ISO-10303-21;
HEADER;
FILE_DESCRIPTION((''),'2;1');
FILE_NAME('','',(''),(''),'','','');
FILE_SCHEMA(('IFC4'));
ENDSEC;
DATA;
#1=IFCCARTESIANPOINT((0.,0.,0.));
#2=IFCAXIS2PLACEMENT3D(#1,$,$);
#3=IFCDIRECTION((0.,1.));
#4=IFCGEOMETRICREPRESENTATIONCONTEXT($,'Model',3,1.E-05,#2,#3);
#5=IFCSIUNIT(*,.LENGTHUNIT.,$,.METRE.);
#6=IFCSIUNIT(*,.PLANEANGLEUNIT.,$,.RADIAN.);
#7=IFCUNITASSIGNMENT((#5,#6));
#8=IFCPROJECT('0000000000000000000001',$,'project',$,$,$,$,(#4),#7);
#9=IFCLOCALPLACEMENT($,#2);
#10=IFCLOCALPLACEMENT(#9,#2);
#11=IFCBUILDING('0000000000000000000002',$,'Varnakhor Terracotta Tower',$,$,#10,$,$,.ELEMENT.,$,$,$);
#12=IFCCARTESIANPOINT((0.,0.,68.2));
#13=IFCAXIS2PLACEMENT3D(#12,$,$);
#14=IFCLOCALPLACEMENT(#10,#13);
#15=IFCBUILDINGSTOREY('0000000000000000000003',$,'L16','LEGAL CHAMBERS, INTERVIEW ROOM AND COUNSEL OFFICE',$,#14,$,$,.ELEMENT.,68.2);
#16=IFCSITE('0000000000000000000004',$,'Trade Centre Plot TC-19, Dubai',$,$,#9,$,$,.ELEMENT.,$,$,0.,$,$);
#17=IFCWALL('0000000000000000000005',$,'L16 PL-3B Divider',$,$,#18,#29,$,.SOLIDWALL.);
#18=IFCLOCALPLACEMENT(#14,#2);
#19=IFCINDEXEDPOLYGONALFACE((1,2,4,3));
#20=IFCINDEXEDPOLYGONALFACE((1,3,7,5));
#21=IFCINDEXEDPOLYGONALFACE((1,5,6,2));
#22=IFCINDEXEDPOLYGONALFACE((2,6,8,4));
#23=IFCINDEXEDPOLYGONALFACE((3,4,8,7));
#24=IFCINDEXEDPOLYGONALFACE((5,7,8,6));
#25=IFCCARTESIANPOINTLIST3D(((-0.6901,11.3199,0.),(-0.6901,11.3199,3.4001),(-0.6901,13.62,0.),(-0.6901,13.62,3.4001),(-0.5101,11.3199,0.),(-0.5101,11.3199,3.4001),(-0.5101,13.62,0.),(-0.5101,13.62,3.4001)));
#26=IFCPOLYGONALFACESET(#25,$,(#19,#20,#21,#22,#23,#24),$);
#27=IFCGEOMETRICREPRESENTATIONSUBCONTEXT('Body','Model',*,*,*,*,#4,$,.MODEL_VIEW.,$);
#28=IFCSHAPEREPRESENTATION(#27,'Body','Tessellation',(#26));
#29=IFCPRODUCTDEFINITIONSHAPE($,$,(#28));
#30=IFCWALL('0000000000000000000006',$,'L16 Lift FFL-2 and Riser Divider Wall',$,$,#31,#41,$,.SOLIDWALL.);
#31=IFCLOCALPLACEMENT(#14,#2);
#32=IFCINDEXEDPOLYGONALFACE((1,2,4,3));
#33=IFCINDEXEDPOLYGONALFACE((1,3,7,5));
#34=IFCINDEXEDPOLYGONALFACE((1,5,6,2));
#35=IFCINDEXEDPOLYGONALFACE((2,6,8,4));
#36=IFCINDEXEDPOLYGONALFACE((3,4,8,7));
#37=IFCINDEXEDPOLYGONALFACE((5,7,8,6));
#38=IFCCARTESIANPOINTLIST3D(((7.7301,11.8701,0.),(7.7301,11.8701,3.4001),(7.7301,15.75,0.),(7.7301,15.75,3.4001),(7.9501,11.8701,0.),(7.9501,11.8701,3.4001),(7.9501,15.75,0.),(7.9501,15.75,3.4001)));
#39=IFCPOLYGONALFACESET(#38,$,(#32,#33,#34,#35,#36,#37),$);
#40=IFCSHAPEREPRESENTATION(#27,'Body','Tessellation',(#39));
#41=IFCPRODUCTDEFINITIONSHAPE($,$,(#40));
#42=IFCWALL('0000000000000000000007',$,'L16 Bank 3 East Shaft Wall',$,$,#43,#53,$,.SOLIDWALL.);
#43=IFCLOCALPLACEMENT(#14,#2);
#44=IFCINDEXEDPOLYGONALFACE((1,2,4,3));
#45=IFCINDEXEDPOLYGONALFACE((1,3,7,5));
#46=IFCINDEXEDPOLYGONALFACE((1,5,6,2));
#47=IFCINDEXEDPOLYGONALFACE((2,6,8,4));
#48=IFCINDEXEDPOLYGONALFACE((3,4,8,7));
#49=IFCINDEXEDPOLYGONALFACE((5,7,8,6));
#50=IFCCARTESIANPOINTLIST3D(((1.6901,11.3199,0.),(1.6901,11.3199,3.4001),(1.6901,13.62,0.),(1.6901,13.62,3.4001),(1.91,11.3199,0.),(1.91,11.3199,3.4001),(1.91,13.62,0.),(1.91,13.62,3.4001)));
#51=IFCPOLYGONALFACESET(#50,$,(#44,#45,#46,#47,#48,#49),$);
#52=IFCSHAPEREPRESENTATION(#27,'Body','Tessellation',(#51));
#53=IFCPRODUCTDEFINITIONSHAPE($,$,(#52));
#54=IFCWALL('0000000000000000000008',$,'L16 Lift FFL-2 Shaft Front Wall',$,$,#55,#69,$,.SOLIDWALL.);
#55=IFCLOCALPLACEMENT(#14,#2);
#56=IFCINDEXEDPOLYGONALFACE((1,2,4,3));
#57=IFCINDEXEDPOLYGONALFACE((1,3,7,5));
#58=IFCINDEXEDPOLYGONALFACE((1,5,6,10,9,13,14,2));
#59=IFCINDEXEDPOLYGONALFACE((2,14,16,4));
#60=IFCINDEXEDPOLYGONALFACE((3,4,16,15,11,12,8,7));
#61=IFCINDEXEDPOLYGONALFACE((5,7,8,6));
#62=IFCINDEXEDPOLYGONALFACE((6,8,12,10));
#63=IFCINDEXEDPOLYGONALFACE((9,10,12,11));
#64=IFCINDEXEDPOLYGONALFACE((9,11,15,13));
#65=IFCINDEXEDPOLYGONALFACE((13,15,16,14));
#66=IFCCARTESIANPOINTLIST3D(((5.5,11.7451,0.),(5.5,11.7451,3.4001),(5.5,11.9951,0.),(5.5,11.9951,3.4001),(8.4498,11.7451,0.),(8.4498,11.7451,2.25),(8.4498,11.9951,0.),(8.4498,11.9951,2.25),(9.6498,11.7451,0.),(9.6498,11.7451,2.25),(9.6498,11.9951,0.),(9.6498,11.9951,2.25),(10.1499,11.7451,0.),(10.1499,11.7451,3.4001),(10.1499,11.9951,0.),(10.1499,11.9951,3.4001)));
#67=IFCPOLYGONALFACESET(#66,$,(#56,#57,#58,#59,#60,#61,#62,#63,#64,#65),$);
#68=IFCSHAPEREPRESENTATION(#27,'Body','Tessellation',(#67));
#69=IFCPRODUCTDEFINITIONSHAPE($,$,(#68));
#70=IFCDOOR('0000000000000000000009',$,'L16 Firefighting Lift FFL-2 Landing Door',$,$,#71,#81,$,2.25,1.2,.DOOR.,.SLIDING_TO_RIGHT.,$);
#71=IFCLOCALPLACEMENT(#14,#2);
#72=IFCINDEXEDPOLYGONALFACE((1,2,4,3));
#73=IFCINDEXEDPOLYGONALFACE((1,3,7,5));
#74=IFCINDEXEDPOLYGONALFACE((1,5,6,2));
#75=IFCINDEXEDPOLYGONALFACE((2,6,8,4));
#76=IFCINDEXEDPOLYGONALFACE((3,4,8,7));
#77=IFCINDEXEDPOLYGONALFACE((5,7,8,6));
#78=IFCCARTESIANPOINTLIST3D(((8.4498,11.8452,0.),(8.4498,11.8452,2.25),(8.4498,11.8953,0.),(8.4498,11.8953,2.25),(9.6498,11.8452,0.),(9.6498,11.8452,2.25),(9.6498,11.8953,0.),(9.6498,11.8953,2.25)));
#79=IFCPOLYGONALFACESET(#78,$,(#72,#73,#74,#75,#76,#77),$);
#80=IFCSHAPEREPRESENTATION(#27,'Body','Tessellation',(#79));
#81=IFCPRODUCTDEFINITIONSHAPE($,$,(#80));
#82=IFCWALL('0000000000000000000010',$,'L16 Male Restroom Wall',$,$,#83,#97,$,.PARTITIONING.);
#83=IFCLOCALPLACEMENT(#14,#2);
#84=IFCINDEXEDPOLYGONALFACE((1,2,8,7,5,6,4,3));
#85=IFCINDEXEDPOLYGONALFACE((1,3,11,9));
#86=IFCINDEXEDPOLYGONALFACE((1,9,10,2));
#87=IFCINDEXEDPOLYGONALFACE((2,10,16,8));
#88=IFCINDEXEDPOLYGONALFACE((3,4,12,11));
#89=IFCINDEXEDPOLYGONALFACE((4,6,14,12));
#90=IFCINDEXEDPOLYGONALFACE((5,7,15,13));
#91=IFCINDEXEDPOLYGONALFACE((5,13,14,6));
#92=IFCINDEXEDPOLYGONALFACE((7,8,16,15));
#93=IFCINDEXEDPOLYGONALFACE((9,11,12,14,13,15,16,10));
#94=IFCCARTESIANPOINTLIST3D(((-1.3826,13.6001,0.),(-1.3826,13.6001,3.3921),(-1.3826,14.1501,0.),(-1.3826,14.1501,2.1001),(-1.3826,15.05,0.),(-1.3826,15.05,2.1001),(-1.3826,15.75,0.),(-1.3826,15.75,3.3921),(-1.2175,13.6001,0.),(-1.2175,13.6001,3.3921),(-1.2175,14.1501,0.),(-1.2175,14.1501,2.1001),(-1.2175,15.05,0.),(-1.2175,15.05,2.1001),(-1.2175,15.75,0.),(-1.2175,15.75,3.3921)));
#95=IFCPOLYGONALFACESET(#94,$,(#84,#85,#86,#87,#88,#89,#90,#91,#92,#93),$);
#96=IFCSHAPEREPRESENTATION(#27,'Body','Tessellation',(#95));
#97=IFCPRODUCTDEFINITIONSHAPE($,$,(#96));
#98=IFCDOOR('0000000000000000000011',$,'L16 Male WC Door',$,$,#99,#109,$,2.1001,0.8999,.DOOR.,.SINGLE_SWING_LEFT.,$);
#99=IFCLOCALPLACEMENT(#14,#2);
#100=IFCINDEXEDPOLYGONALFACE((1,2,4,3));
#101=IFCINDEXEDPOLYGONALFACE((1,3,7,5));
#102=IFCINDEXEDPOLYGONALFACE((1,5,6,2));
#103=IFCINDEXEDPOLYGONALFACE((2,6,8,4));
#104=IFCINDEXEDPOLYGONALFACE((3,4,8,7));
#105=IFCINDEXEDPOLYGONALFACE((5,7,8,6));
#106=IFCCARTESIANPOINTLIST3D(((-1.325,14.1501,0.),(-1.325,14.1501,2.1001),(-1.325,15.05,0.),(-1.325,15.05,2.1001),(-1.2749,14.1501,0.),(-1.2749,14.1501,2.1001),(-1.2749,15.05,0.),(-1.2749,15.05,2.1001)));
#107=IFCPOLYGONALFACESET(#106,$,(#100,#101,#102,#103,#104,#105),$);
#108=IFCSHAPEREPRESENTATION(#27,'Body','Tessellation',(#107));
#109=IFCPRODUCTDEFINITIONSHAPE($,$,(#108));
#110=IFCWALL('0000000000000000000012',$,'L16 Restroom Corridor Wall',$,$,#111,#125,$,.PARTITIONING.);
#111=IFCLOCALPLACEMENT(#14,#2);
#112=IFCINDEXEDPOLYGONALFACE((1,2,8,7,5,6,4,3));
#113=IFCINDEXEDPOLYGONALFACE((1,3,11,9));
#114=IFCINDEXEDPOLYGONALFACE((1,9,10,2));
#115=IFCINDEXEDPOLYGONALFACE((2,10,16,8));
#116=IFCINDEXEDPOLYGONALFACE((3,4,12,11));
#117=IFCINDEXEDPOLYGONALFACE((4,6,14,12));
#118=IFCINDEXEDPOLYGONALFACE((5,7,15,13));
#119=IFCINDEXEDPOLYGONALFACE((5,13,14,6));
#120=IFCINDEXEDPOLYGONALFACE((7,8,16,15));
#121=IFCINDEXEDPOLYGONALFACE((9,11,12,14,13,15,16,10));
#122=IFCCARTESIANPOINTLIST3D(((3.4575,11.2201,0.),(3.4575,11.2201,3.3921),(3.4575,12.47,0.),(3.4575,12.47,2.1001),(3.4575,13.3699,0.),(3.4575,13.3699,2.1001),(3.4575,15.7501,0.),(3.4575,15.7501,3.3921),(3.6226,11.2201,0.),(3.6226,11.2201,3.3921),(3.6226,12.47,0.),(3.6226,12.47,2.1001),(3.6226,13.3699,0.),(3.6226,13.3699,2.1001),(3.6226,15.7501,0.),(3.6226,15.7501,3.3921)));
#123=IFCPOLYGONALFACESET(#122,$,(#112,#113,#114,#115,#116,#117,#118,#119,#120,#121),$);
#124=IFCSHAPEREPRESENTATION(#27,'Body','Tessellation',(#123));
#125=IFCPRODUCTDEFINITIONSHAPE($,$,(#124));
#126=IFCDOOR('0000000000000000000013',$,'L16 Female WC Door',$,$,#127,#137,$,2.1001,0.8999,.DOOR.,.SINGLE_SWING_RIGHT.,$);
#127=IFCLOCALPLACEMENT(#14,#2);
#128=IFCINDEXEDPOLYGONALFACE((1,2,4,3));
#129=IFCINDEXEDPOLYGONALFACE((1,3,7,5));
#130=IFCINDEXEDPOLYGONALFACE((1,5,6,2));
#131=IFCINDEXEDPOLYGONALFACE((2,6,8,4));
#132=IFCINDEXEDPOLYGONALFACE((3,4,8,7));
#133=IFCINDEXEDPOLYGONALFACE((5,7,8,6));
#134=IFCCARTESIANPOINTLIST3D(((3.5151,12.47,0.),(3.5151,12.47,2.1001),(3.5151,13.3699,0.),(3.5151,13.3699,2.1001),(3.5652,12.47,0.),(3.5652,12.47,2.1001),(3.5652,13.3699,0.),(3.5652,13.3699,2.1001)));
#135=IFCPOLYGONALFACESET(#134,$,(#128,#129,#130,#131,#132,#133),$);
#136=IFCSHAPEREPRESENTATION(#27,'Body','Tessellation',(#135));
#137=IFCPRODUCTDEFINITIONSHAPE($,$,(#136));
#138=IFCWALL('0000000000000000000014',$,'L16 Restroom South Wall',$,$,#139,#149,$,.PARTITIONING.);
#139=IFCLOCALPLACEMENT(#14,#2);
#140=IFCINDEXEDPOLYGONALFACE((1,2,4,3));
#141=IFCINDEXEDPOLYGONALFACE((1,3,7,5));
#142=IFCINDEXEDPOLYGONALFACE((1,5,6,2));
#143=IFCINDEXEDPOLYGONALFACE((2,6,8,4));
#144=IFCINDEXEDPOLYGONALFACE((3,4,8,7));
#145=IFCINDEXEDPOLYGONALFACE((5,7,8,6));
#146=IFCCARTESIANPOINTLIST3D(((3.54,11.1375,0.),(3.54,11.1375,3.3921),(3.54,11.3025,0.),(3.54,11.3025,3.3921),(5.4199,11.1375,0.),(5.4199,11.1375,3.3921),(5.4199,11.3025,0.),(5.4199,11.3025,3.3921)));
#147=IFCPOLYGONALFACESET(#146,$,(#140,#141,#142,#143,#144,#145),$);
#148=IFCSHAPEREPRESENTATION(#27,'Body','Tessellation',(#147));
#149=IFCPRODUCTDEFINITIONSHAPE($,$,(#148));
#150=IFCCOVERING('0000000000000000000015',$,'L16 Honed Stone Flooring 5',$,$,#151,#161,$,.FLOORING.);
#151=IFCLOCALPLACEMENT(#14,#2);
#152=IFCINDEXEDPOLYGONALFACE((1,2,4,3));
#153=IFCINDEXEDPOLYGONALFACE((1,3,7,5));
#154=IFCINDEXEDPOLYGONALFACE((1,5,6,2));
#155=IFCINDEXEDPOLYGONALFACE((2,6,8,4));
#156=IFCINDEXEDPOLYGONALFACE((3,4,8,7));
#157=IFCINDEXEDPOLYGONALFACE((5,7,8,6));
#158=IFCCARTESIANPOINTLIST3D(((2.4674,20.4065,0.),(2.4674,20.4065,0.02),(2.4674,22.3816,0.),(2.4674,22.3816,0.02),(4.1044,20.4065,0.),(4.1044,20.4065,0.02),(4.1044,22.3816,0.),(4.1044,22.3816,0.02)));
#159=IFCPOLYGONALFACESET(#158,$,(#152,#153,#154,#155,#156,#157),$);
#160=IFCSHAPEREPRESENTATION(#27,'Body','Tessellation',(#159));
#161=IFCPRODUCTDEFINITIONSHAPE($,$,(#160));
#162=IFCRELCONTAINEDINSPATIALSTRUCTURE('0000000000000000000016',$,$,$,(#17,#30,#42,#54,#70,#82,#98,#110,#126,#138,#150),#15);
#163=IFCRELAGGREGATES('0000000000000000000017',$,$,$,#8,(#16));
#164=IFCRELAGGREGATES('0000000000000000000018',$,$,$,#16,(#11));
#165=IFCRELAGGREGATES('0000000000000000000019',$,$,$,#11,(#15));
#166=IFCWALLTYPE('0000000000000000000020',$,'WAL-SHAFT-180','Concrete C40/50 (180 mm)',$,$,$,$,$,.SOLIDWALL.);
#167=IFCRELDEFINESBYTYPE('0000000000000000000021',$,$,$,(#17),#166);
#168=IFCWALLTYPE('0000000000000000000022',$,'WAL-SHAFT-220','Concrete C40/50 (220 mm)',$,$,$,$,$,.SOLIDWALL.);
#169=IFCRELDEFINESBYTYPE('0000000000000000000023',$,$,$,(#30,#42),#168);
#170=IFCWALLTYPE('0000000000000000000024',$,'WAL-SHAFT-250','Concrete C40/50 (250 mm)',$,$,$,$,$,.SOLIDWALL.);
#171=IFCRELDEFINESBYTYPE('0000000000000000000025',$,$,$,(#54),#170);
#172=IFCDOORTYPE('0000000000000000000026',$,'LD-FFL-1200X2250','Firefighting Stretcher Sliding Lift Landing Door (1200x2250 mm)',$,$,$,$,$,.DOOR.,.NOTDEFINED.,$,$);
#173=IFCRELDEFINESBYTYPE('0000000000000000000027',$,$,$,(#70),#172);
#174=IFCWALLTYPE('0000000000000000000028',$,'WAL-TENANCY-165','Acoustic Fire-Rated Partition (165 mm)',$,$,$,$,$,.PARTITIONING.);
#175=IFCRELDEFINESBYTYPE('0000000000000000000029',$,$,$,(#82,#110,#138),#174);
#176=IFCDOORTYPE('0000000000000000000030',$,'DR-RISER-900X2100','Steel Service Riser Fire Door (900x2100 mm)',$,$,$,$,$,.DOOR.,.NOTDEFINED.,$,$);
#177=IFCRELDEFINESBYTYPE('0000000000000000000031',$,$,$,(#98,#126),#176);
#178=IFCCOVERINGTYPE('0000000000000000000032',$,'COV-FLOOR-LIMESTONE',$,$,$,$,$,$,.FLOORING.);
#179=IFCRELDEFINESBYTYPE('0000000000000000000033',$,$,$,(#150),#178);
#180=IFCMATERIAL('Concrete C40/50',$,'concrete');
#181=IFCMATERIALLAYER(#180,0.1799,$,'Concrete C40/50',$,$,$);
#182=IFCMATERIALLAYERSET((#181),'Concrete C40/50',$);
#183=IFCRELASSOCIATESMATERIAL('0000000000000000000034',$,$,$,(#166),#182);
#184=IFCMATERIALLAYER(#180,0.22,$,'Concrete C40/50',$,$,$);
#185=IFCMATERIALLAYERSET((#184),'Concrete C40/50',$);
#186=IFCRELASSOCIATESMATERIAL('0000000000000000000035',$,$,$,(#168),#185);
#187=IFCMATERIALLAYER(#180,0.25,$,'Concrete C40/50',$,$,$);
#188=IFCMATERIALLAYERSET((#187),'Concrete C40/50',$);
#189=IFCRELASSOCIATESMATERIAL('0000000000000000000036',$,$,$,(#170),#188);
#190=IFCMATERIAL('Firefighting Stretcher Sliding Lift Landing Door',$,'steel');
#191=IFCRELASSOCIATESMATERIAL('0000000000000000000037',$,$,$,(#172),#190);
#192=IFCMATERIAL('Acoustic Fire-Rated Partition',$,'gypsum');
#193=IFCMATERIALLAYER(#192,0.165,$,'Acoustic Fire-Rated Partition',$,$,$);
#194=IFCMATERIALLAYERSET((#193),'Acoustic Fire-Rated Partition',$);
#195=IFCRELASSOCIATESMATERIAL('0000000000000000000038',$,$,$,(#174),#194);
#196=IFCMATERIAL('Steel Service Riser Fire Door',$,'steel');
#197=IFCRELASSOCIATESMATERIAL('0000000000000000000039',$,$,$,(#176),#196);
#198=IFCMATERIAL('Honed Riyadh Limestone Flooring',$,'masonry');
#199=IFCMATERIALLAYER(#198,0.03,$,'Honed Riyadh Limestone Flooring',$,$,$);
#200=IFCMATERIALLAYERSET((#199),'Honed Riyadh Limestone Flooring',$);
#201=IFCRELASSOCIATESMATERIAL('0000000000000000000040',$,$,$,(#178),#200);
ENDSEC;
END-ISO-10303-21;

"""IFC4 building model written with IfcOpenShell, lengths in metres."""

from ifc_helpers import new_model, si_unit, direction, frame, frame_2d, origin, origin_2d, place, context, subcontext, project, spatial, rectangle, extrude, source, transform, mapped, material, layer, layer_set, type_object, type_shapes, element, fill, save


model = new_model("IFC4")

# Units and contexts
model_context = context("Model", 3, precision=1e-05, world=origin(), true_north=direction((0.0, 1.0)))
body_context = subcontext(model_context, "Body", "Model", "MODEL_VIEW")
ifc_project = project(units=[si_unit("LENGTHUNIT", "METRE"), si_unit("PLANEANGLEUNIT", "RADIAN")], contexts=[model_context])

# Site, building, storey
site_placement = place(None, origin())
site = spatial("IfcSite", under=ifc_project, at=site_placement, Name="Trade Centre Plot TC-19, Dubai", CompositionType="ELEMENT", RefElevation=0.0)
building_placement = place(site_placement, origin())
building = spatial("IfcBuilding", under=site, at=building_placement, Name="Varnakhor Terracotta Tower", CompositionType="ELEMENT")
storey_placement = place(building_placement, frame((0.0, 0.0, 68.2)))
storey = spatial("IfcBuildingStorey", under=building, at=storey_placement, Name="L16", Description="LEGAL CHAMBERS, INTERVIEW ROOM AND COUNSEL OFFICE", CompositionType="ELEMENT", Elevation=68.2)

# Walls
ifc_material_1 = material(Name="Concrete C40/50", Category="concrete")
ifc_layer_1 = layer(ifc_material_1, 0.1799, Name="Concrete C40/50")
ifc_layer_set_1 = layer_set([ifc_layer_1], Name="Concrete C40/50")
wall_type_1 = type_object("IfcWallType", Name="WAL-SHAFT-180", Description="Concrete C40/50 (180 mm)", PredefinedType="SOLIDWALL", material=ifc_layer_set_1)
wall_1_placement = place(storey_placement, frame((-0.6001, 11.3201, 0.0), z_axis=(0.0, 0.0, 1.0), x_axis=(0.0, 1.0, 0.0)))
element("IfcWall", 1, at=wall_1_placement, inside=storey, type_object=wall_type_1, Name="L16 PL-3B Divider", PredefinedType="SOLIDWALL", context=body_context, shape_type="SweptSolid", body=[
    extrude(rectangle(XDim=2.3, YDim=0.1799, at=frame_2d((1.1499, 0.0))), origin(), (0.0, 0.0, 1.0), 3.4001),
])
ifc_layer_2 = layer(ifc_material_1, 0.22, Name="Concrete C40/50")
ifc_layer_set_2 = layer_set([ifc_layer_2], Name="Concrete C40/50")
wall_type_2 = type_object("IfcWallType", Name="WAL-SHAFT-220", Description="Concrete C40/50 (220 mm)", PredefinedType="SOLIDWALL", material=ifc_layer_set_2)
wall_2_placement = place(storey_placement, frame((7.8401, 11.8701, 0.0), z_axis=(0.0, 0.0, 1.0), x_axis=(0.0, 1.0, 0.0)))
element("IfcWall", 2, at=wall_2_placement, inside=storey, type_object=wall_type_2, Name="L16 Lift FFL-2 and Riser Divider Wall", PredefinedType="SOLIDWALL", context=body_context, shape_type="SweptSolid", body=[
    extrude(rectangle(XDim=3.8799, YDim=0.22, at=frame_2d((1.9399, 0.0))), origin(), (0.0, 0.0, 1.0), 3.4001),
])
wall_3_placement = place(storey_placement, frame((1.8, 11.3201, 0.0), z_axis=(0.0, 0.0, 1.0), x_axis=(0.0, 1.0, 0.0)))
element("IfcWall", 3, at=wall_3_placement, inside=storey, type_object=wall_type_2, Name="L16 Bank 3 East Shaft Wall", PredefinedType="SOLIDWALL", context=body_context, shape_type="SweptSolid", body=[
    extrude(rectangle(XDim=2.3, YDim=0.22, at=frame_2d((1.1499, 0.0))), origin(), (0.0, 0.0, 1.0), 3.4001),
])

# Walls, openings, doors
ifc_layer_3 = layer(ifc_material_1, 0.25, Name="Concrete C40/50")
ifc_layer_set_3 = layer_set([ifc_layer_3], Name="Concrete C40/50")
wall_type_3 = type_object("IfcWallType", Name="WAL-SHAFT-250", Description="Concrete C40/50 (250 mm)", PredefinedType="SOLIDWALL", material=ifc_layer_set_3)
wall_4_placement = place(storey_placement, frame((10.1499, 11.8701, 0.0), z_axis=(0.0, 0.0, 1.0), x_axis=(-1.0, 0.0, 0.0)))
wall_4 = element("IfcWall", 4, at=wall_4_placement, inside=storey, type_object=wall_type_3, Name="L16 Lift FFL-2 Shaft Front Wall", PredefinedType="SOLIDWALL", context=body_context, shape_type="SweptSolid", body=[
    extrude(rectangle(XDim=4.6499, YDim=0.25, at=frame_2d((2.325, 0.0))), origin(), (0.0, 0.0, 1.0), 3.4001),
])
opening_1_placement = place(wall_4_placement, frame((0.5, 0.0, 0.0)))
opening_1 = element("IfcOpeningElement", 5, at=opening_1_placement, cuts=wall_4, PredefinedType="OPENING", context=body_context, shape_type="SweptSolid", body=[
    extrude(rectangle(XDim=1.2, YDim=2.25, at=frame_2d((0.6001, 1.125))), frame((0.0, 0.135, 0.0), z_axis=(0.0, -1.0, 0.0), x_axis=(1.0, 0.0, 0.0)), (0.0, 0.0, 1.0), 0.27),
])
ifc_material_2 = material(Name="Firefighting Stretcher Sliding Lift Landing Door", Category="steel")
door_type_1 = type_object("IfcDoorType", Name="LD-FFL-1200X2250", Description="Firefighting Stretcher Sliding Lift Landing Door (1200x2250 mm)", OperationType="NOTDEFINED", PredefinedType="DOOR", material=ifc_material_2)
shared_shape_1 = source(origin(), body_context, "Body", "SweptSolid", [
    extrude(rectangle(XDim=1.2, YDim=2.25, at=frame_2d((0.6001, 1.125))), frame((0.0, 0.0249, 0.0), z_axis=(0.0, -1.0, 0.0), x_axis=(1.0, 0.0, 0.0)), (0.0, 0.0, 1.0), 0.05),
])
type_shapes(door_type_1, [shared_shape_1])
door_1_placement = place(opening_1_placement, origin())
door_1 = element("IfcDoor", 6, at=door_1_placement, inside=storey, type_object=door_type_1, Name="L16 Firefighting Lift FFL-2 Landing Door", OperationType="SLIDING_TO_RIGHT", OverallHeight=2.25, OverallWidth=1.2, PredefinedType="DOOR", context=body_context, shape_type="MappedRepresentation", body=[
    mapped(shared_shape_1, transform((0.0, 0.0, 0.0), scale=1.0)),
])
fill(opening_1, door_1)
ifc_material_3 = material(Name="Acoustic Fire-Rated Partition", Category="gypsum")
ifc_layer_4 = layer(ifc_material_3, 0.165, Name="Acoustic Fire-Rated Partition")
ifc_layer_set_4 = layer_set([ifc_layer_4], Name="Acoustic Fire-Rated Partition")
wall_type_4 = type_object("IfcWallType", Name="WAL-TENANCY-165", Description="Acoustic Fire-Rated Partition (165 mm)", PredefinedType="PARTITIONING", material=ifc_layer_set_4)
wall_5_placement = place(storey_placement, frame((-1.3, 13.6001, 0.0), z_axis=(0.0, 0.0, 1.0), x_axis=(0.0, 1.0, 0.0)))
wall_5 = element("IfcWall", 7, at=wall_5_placement, inside=storey, type_object=wall_type_4, Name="L16 Male Restroom Wall", PredefinedType="PARTITIONING", context=body_context, shape_type="SweptSolid", body=[
    extrude(rectangle(XDim=2.1499, YDim=0.165, at=frame_2d((1.075, 0.0))), origin(), (0.0, 0.0, 1.0), 3.3921),
])
opening_2_placement = place(wall_5_placement, frame((0.55, 0.0, 0.0)))
opening_2 = element("IfcOpeningElement", 8, at=opening_2_placement, cuts=wall_5, PredefinedType="OPENING", context=body_context, shape_type="SweptSolid", body=[
    extrude(rectangle(XDim=0.8999, YDim=2.1001, at=frame_2d((0.45, 1.05))), frame((0.0, 0.0925, 0.0), z_axis=(0.0, -1.0, 0.0), x_axis=(1.0, 0.0, 0.0)), (0.0, 0.0, 1.0), 0.1851),
])
ifc_material_4 = material(Name="Steel Service Riser Fire Door", Category="steel")
door_type_2 = type_object("IfcDoorType", Name="DR-RISER-900X2100", Description="Steel Service Riser Fire Door (900x2100 mm)", OperationType="NOTDEFINED", PredefinedType="DOOR", material=ifc_material_4)
shared_shape_2 = source(origin(), body_context, "Body", "SweptSolid", [
    extrude(rectangle(XDim=0.8999, YDim=2.1001, at=frame_2d((0.45, 1.05))), frame((0.0, 0.0249, 0.0), z_axis=(0.0, -1.0, 0.0), x_axis=(1.0, 0.0, 0.0)), (0.0, 0.0, 1.0), 0.05),
])
type_shapes(door_type_2, [shared_shape_2])
door_2_placement = place(opening_2_placement, origin())
door_2 = element("IfcDoor", 9, at=door_2_placement, inside=storey, type_object=door_type_2, Name="L16 Male WC Door", OperationType="SINGLE_SWING_LEFT", OverallHeight=2.1001, OverallWidth=0.8999, PredefinedType="DOOR", context=body_context, shape_type="MappedRepresentation", body=[
    mapped(shared_shape_2, transform((0.0, 0.0, 0.0), scale=1.0)),
])
fill(opening_2, door_2)
wall_6_placement = place(storey_placement, frame((3.54, 11.22, 0.0), z_axis=(0.0, 0.0, 1.0), x_axis=(0.0, 1.0, 0.0)))
wall_6 = element("IfcWall", 10, at=wall_6_placement, inside=storey, type_object=wall_type_4, Name="L16 Restroom Corridor Wall", PredefinedType="PARTITIONING", context=body_context, shape_type="SweptSolid", body=[
    extrude(rectangle(XDim=4.53, YDim=0.165, at=frame_2d((2.2651, 0.0))), origin(), (0.0, 0.0, 1.0), 3.3921),
])
opening_3_placement = place(wall_6_placement, frame((1.25, 0.0, 0.0)))
opening_3 = element("IfcOpeningElement", 11, at=opening_3_placement, cuts=wall_6, PredefinedType="OPENING", context=body_context, shape_type="SweptSolid", body=[
    extrude(rectangle(XDim=0.8999, YDim=2.1001, at=frame_2d((0.45, 1.05))), frame((0.0, 0.0925, 0.0), z_axis=(0.0, -1.0, 0.0), x_axis=(1.0, 0.0, 0.0)), (0.0, 0.0, 1.0), 0.1851),
])
door_3_placement = place(opening_3_placement, origin())
door_3 = element("IfcDoor", 12, at=door_3_placement, inside=storey, type_object=door_type_2, Name="L16 Female WC Door", OperationType="SINGLE_SWING_RIGHT", OverallHeight=2.1001, OverallWidth=0.8999, PredefinedType="DOOR", context=body_context, shape_type="MappedRepresentation", body=[
    mapped(shared_shape_2, transform((0.0, 0.0, 0.0), scale=1.0)),
])
fill(opening_3, door_3)

# Wall
wall_7_placement = place(storey_placement, frame((3.54, 11.22, 0.0), z_axis=(0.0, 0.0, 1.0), x_axis=(1.0, 0.0, 0.0)))
element("IfcWall", 13, at=wall_7_placement, inside=storey, type_object=wall_type_4, Name="L16 Restroom South Wall", PredefinedType="PARTITIONING", context=body_context, shape_type="SweptSolid", body=[
    extrude(rectangle(XDim=1.8799, YDim=0.165, at=frame_2d((0.9399, 0.0))), origin(), (0.0, 0.0, 1.0), 3.3921),
])

# Covering
ifc_material_5 = material(Name="Honed Riyadh Limestone Flooring", Category="masonry")
ifc_layer_5 = layer(ifc_material_5, 0.03, Name="Honed Riyadh Limestone Flooring")
ifc_layer_set_5 = layer_set([ifc_layer_5], Name="Honed Riyadh Limestone Flooring")
covering_type = type_object("IfcCoveringType", Name="COV-FLOOR-LIMESTONE", PredefinedType="FLOORING", material=ifc_layer_set_5)
shared_shape_3 = source(origin(), body_context, "Body", "SweptSolid", [
    extrude(rectangle(XDim=1.637, YDim=1.9751, at=origin_2d()), origin(), (0.0, 0.0, 1.0), 0.02),
])
covering_placement = place(storey_placement, frame((3.2859, 21.394, 0.0), z_axis=(0.0, 0.0, 1.0), x_axis=(1.0, 0.0, 0.0)))
element("IfcCovering", 14, at=covering_placement, inside=storey, type_object=covering_type, Name="L16 Honed Stone Flooring 5", PredefinedType="FLOORING", context=body_context, shape_type="MappedRepresentation", body=[
    mapped(shared_shape_3, transform((0.0, 0.0, 0.0), scale=1.0)),
])

save(model, "model.ifc")
